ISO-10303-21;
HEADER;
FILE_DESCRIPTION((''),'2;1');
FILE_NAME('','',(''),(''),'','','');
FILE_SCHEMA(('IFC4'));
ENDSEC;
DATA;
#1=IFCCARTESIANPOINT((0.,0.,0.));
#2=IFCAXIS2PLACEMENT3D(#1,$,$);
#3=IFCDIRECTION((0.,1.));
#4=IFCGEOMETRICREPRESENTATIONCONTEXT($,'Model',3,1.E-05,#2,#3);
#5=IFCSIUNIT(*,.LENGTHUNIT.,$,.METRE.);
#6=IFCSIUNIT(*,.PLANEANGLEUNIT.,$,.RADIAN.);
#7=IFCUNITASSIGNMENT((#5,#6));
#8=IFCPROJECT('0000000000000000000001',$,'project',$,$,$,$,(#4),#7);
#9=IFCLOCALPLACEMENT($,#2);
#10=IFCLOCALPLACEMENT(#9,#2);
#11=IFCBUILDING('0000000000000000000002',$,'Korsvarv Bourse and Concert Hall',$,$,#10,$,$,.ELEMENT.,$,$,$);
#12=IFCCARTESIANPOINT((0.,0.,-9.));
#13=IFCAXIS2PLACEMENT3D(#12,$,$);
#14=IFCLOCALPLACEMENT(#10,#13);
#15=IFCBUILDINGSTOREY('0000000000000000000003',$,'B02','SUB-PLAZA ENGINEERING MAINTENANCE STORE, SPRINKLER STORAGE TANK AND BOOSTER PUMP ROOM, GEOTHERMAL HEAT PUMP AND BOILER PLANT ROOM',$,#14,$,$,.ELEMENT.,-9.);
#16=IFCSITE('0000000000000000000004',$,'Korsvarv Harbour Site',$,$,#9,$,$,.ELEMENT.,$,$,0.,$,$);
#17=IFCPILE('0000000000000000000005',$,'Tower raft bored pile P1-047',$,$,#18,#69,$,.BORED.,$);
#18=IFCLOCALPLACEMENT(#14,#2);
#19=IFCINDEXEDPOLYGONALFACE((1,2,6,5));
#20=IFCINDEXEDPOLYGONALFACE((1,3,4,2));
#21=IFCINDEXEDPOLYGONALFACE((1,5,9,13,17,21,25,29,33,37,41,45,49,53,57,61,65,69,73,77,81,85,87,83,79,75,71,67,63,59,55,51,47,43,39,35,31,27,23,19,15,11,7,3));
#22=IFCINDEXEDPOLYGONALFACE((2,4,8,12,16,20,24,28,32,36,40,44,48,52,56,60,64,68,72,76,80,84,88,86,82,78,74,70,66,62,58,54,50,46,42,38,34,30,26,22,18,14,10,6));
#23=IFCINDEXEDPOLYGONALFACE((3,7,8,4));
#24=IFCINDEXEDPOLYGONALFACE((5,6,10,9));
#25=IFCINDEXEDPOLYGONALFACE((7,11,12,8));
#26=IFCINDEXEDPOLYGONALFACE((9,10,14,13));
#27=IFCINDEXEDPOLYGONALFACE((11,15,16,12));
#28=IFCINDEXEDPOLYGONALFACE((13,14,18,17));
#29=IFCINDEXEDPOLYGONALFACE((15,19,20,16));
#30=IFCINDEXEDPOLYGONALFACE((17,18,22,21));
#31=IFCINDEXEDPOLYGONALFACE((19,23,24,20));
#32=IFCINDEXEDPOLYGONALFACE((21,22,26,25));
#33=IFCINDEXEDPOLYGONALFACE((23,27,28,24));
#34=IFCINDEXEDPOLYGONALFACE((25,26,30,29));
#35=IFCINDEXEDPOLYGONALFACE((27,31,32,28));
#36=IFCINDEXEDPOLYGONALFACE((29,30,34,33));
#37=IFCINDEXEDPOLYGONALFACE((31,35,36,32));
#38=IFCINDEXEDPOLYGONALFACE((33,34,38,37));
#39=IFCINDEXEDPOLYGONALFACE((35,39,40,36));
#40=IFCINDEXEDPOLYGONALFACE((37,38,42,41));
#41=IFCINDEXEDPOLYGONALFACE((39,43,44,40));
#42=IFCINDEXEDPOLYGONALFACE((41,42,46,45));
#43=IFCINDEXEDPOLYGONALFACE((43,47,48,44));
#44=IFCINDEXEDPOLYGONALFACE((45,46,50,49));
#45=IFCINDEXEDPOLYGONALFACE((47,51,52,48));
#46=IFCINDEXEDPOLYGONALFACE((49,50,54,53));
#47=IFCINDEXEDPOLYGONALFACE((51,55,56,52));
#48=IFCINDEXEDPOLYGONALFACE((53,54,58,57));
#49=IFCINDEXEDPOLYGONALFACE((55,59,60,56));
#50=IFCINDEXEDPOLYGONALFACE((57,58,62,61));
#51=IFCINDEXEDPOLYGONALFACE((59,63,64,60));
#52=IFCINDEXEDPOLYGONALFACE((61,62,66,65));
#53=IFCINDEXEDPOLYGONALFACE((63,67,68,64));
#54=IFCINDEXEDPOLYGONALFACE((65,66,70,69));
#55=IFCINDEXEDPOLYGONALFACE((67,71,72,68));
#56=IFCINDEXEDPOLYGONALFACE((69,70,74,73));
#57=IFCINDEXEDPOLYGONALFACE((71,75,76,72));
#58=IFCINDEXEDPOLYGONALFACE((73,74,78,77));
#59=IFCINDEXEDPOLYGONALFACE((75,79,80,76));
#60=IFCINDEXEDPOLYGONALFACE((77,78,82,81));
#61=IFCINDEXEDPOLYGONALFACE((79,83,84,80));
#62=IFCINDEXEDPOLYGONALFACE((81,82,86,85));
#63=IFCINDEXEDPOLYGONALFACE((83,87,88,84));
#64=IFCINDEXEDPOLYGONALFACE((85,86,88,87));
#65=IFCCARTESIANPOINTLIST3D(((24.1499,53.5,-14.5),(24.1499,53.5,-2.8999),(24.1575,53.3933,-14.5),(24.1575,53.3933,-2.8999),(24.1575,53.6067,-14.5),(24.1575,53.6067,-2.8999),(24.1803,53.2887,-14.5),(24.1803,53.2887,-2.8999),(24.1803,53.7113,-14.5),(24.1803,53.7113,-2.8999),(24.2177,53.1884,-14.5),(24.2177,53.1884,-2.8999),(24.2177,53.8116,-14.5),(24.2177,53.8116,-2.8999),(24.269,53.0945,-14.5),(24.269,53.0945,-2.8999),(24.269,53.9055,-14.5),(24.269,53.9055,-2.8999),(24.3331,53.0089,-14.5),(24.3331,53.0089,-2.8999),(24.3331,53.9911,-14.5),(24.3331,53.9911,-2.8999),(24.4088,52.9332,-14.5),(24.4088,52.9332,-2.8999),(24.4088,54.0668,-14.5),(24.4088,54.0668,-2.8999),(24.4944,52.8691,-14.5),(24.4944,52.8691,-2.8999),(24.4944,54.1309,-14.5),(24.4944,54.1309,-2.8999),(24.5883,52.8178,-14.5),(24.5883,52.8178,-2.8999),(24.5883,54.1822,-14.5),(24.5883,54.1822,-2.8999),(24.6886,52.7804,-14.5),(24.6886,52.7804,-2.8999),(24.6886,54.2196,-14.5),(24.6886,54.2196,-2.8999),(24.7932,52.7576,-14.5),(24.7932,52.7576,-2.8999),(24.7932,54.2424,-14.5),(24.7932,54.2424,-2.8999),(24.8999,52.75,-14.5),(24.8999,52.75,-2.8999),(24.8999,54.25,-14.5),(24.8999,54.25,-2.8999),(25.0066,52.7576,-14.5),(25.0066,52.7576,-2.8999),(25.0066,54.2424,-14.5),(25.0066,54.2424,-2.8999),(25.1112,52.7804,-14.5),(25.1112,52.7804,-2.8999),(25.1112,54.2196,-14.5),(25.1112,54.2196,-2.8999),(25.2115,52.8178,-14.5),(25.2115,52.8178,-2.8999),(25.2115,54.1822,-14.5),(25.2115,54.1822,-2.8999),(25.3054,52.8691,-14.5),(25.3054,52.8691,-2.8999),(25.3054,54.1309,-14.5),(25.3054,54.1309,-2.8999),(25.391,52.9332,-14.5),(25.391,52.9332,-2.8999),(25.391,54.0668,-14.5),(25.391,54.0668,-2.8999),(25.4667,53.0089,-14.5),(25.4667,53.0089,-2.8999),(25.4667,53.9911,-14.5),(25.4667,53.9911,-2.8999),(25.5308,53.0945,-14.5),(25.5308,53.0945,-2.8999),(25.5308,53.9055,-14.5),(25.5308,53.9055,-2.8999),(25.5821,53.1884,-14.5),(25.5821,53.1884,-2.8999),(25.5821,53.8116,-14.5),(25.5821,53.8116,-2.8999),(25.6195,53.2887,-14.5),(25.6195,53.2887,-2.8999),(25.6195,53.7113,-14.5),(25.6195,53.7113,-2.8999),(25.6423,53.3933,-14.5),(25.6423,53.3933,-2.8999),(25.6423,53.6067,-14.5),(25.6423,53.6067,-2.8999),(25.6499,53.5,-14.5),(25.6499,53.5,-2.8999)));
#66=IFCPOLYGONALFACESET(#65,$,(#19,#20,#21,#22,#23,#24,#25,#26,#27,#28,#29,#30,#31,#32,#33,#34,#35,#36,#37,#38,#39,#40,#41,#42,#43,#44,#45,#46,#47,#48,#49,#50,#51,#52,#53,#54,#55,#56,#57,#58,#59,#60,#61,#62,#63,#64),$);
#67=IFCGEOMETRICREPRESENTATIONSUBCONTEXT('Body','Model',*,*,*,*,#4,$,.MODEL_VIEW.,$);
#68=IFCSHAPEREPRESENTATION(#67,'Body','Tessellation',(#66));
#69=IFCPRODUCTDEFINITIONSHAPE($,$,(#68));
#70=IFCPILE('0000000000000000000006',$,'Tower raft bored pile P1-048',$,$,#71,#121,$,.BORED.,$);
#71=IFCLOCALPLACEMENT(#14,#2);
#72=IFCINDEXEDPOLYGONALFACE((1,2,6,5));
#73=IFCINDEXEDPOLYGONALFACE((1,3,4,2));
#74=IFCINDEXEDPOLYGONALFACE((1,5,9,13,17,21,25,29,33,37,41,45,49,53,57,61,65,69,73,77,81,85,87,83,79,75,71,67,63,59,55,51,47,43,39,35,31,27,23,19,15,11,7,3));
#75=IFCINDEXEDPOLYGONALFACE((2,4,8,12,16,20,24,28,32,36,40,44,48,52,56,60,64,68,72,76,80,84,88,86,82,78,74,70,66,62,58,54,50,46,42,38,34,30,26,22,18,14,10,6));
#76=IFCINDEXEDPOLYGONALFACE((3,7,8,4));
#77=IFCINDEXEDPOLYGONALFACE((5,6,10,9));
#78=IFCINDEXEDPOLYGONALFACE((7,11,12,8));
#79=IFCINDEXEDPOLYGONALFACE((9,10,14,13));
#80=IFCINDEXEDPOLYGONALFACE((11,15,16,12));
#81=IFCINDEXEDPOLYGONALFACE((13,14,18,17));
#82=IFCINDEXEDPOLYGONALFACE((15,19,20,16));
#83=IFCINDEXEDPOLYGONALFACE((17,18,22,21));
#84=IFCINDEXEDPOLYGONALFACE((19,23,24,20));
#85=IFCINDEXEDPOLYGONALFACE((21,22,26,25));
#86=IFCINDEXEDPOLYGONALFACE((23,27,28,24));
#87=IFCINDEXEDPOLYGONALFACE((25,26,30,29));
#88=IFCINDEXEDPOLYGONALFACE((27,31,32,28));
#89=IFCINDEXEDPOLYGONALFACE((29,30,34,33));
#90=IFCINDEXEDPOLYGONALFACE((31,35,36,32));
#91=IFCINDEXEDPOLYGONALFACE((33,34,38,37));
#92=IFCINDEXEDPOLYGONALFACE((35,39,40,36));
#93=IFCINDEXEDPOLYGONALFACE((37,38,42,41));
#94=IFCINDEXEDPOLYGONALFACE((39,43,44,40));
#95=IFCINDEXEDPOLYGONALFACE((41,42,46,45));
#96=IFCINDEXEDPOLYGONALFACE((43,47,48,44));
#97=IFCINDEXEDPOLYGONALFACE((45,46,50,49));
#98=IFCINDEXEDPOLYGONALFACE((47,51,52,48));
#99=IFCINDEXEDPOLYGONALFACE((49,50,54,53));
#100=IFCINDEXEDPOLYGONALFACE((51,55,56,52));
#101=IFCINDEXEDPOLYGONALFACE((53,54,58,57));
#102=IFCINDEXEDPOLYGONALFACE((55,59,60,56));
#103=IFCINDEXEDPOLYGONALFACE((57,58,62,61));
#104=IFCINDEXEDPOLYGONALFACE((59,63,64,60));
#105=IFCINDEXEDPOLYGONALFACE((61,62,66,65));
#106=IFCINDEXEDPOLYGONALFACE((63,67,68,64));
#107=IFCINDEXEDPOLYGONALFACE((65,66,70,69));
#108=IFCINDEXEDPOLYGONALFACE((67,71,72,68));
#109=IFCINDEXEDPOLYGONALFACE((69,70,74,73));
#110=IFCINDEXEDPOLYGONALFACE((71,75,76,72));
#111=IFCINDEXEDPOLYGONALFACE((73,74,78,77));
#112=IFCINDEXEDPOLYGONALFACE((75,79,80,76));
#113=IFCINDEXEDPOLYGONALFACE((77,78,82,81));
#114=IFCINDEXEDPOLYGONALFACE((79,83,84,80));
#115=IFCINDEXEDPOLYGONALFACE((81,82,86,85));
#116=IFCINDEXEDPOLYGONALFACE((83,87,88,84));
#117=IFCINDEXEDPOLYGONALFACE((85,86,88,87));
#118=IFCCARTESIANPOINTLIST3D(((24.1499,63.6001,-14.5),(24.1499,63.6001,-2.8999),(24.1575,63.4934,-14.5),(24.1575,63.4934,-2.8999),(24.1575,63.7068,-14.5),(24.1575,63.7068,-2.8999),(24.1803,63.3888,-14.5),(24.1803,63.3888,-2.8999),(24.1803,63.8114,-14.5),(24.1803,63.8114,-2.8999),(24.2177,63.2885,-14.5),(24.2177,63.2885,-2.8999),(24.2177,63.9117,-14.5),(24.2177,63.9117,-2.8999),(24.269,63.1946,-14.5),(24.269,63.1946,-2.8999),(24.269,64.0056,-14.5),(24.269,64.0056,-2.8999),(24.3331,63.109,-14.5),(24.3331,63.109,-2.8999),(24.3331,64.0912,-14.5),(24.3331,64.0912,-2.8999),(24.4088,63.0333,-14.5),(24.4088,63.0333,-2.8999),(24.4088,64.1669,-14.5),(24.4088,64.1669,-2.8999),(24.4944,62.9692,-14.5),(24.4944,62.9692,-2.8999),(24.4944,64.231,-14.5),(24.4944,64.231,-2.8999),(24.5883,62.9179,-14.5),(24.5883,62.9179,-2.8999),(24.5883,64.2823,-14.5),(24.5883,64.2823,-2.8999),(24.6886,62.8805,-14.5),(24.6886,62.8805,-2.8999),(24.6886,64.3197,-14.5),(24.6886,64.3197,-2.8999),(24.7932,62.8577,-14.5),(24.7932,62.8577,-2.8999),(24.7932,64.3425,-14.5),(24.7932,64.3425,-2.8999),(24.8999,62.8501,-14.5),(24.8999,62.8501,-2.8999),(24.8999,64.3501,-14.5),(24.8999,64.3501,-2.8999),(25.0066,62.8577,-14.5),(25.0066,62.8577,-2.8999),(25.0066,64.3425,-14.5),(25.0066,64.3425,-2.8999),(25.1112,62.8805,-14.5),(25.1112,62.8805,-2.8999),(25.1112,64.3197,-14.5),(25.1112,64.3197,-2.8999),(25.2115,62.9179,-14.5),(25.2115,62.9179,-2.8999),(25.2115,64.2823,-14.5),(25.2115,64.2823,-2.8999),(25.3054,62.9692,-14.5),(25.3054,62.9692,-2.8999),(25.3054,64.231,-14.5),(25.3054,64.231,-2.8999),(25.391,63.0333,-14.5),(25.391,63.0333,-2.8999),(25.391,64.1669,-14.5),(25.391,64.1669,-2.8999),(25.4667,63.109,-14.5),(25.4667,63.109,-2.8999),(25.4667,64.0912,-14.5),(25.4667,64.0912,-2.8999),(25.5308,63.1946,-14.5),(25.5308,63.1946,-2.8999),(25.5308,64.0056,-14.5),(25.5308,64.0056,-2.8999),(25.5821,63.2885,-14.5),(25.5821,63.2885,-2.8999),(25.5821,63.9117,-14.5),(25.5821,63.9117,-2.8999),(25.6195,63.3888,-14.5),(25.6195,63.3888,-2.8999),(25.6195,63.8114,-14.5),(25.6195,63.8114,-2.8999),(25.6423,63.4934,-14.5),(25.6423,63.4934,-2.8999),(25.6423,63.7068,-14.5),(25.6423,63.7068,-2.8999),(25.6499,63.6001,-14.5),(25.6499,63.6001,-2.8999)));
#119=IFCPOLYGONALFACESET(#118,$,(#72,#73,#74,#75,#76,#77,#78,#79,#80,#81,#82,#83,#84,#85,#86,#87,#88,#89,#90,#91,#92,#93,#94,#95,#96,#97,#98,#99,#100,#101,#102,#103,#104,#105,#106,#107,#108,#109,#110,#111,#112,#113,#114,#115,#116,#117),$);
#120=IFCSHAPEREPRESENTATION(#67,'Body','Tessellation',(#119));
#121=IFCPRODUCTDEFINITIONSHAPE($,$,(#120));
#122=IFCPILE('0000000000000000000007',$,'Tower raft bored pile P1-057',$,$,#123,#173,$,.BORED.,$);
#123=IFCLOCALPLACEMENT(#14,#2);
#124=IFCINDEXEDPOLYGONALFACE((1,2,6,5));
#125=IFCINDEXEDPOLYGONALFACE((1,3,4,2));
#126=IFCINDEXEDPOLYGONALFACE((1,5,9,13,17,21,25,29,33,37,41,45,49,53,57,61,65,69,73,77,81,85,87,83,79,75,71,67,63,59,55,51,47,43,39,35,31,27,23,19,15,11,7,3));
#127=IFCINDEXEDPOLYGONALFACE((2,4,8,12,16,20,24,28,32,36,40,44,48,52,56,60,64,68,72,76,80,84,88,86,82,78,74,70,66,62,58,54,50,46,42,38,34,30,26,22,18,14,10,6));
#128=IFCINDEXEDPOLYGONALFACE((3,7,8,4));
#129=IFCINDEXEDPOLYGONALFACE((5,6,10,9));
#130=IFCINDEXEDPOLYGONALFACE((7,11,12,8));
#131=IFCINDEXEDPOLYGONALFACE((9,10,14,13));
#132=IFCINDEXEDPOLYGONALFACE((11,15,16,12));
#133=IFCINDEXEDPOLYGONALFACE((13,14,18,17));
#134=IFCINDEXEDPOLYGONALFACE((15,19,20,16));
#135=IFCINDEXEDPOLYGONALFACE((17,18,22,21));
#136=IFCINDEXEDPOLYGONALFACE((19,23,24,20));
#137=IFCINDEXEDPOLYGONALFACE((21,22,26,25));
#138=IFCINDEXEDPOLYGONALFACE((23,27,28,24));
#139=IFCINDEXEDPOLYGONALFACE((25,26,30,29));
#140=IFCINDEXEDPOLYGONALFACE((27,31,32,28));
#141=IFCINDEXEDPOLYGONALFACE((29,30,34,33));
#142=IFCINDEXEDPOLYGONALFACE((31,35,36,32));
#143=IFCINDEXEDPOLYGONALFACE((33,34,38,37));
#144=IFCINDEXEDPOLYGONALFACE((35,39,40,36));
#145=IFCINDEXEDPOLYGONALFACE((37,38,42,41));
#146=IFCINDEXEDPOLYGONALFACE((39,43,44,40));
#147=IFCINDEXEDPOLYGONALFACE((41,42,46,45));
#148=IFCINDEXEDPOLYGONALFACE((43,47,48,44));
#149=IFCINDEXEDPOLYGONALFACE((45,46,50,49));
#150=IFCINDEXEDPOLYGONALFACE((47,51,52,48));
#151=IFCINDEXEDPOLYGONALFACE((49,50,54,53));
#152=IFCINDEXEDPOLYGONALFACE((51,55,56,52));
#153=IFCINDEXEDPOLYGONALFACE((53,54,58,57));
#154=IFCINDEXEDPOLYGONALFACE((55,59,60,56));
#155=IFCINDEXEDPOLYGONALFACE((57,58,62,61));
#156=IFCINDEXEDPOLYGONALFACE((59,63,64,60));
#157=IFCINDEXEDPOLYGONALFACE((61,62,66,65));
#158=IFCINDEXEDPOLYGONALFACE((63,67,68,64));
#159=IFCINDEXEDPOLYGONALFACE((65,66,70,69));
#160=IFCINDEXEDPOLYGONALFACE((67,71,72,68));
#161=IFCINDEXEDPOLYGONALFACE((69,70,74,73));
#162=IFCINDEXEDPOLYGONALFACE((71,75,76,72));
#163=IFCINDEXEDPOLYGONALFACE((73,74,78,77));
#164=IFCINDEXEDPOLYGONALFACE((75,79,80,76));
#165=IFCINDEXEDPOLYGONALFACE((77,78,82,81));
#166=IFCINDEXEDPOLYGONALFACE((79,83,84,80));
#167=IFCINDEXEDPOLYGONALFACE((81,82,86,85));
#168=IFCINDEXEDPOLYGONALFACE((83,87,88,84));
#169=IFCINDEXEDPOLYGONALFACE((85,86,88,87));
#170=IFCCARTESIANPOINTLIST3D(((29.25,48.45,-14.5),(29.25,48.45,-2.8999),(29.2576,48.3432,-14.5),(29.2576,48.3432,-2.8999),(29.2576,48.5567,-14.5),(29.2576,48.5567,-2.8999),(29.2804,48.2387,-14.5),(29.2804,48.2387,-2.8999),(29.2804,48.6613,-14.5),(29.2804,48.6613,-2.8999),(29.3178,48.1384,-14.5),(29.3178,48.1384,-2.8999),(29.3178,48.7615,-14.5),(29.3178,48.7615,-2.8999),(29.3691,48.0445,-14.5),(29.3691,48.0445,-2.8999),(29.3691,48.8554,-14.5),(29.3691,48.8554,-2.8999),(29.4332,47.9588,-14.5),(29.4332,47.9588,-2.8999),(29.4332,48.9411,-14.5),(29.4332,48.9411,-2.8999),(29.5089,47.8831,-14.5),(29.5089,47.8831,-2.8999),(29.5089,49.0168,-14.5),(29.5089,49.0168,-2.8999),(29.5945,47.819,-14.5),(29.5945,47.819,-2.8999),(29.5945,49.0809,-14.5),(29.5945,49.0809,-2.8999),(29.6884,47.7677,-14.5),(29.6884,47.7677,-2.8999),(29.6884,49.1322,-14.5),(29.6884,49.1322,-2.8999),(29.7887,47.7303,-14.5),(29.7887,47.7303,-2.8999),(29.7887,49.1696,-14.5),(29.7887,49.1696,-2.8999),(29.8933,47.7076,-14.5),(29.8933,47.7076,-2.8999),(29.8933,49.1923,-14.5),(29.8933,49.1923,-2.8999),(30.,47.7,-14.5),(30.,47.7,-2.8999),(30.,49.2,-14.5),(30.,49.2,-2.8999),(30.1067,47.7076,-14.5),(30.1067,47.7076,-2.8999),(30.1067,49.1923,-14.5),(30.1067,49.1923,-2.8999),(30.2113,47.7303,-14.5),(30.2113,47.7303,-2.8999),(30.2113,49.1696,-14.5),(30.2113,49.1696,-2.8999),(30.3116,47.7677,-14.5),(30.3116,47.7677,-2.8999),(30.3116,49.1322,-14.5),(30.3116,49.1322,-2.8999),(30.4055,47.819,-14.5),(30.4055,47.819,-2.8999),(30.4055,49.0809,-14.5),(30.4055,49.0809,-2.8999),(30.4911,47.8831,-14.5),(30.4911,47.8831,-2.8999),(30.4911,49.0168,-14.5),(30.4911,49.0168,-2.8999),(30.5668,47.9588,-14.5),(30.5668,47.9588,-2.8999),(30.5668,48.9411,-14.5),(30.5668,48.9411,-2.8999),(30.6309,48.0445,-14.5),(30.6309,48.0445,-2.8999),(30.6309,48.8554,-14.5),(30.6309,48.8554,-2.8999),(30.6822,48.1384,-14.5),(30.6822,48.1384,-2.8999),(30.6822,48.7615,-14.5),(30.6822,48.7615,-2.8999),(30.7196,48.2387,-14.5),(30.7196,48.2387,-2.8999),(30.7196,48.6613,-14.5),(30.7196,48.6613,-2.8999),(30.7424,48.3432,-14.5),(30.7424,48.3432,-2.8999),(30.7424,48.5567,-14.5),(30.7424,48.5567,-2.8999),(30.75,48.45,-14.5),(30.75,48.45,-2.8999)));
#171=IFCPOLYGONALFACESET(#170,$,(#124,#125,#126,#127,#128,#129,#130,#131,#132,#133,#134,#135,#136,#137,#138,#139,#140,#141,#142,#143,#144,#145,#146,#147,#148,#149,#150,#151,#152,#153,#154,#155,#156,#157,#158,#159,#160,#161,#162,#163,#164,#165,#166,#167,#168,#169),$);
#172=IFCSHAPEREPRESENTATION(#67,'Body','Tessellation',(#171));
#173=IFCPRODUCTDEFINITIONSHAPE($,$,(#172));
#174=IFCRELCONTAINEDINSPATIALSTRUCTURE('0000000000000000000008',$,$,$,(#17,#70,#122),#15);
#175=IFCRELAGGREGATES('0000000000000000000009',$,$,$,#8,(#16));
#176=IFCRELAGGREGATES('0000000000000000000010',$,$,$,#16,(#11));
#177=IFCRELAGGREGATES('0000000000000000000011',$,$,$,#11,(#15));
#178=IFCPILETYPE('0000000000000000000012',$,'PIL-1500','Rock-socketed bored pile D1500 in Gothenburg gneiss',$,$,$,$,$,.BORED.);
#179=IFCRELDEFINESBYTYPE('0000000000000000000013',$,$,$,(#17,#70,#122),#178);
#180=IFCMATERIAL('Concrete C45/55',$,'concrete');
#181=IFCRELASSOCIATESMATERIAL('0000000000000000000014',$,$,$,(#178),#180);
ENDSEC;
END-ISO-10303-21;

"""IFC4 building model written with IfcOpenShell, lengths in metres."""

from ifc_helpers import new_model, si_unit, direction, frame, origin, origin_2d, place, context, subcontext, project, spatial, circle, extrude, source, transform, mapped, material, material_profile, profile_set, type_object, element, save


model = new_model("IFC4")

# Units and contexts
model_context = context("Model", 3, precision=1e-05, world=origin(), true_north=direction((0.0, 1.0)))
body_context = subcontext(model_context, "Body", "Model", "MODEL_VIEW")
ifc_project = project(units=[si_unit("LENGTHUNIT", "METRE"), si_unit("PLANEANGLEUNIT", "RADIAN")], contexts=[model_context])

# Site, building, storey
site_placement = place(None, origin())
site = spatial("IfcSite", under=ifc_project, at=site_placement, Name="Korsvarv Harbour Site", CompositionType="ELEMENT", RefElevation=0.0)
building_placement = place(site_placement, origin())
building = spatial("IfcBuilding", under=site, at=building_placement, Name="Korsvarv Bourse and Concert Hall", CompositionType="ELEMENT")
storey_placement = place(building_placement, frame((0.0, 0.0, -9.0)))
storey = spatial("IfcBuildingStorey", under=building, at=storey_placement, Name="B02", Description="SUB-PLAZA ENGINEERING MAINTENANCE STORE, SPRINKLER STORAGE TANK AND BOOSTER PUMP ROOM, GEOTHERMAL HEAT PUMP AND BOILER PLANT ROOM", CompositionType="ELEMENT", Elevation=-9.0)

# Piles
ifc_material_1 = material(Name="Concrete C45/55", Category="concrete")
ifc_material_profile_1 = material_profile(ifc_material_1, circle(Radius=0.75, at=origin_2d()), Name="PILE D1500")
ifc_profile_set_1 = profile_set([ifc_material_profile_1], Name="Concrete C45/55")
pile_type = type_object("IfcPileType", Name="PIL-1500", Description="Rock-socketed bored pile D1500 in Gothenburg gneiss", PredefinedType="BORED", material=ifc_profile_set_1)
shared_shape_1 = source(origin(), body_context, "Body", "SweptSolid", [
    extrude(circle(Radius=0.75, at=origin_2d()), origin(), (0.0, 0.0, 1.0), 11.6001),
])
for number, where, z_axis, x_axis, name in (
    (1, (24.8999, 53.5, -2.8999), (0.0, 0.0, -1.0), (1.0, 0.0, 0.0), "Tower raft bored pile P1-047"),
    (2, (24.8999, 63.6001, -2.8999), (0.0, 0.0, -1.0), (1.0, 0.0, 0.0), "Tower raft bored pile P1-048"),
    (3, (30.0, 48.45, -2.8999), (0.0, 0.0, -1.0), (1.0, 0.0, 0.0), "Tower raft bored pile P1-057"),
):
    element("IfcPile", number, at=place(storey_placement, frame(where, z_axis=z_axis, x_axis=x_axis)), inside=storey, type_object=pile_type, Name=name, PredefinedType="BORED", context=body_context, shape_type="MappedRepresentation", body=[
        mapped(shared_shape_1, transform((0.0, 0.0, 0.0), scale=1.0)),
    ])

save(model, "model.ifc")
